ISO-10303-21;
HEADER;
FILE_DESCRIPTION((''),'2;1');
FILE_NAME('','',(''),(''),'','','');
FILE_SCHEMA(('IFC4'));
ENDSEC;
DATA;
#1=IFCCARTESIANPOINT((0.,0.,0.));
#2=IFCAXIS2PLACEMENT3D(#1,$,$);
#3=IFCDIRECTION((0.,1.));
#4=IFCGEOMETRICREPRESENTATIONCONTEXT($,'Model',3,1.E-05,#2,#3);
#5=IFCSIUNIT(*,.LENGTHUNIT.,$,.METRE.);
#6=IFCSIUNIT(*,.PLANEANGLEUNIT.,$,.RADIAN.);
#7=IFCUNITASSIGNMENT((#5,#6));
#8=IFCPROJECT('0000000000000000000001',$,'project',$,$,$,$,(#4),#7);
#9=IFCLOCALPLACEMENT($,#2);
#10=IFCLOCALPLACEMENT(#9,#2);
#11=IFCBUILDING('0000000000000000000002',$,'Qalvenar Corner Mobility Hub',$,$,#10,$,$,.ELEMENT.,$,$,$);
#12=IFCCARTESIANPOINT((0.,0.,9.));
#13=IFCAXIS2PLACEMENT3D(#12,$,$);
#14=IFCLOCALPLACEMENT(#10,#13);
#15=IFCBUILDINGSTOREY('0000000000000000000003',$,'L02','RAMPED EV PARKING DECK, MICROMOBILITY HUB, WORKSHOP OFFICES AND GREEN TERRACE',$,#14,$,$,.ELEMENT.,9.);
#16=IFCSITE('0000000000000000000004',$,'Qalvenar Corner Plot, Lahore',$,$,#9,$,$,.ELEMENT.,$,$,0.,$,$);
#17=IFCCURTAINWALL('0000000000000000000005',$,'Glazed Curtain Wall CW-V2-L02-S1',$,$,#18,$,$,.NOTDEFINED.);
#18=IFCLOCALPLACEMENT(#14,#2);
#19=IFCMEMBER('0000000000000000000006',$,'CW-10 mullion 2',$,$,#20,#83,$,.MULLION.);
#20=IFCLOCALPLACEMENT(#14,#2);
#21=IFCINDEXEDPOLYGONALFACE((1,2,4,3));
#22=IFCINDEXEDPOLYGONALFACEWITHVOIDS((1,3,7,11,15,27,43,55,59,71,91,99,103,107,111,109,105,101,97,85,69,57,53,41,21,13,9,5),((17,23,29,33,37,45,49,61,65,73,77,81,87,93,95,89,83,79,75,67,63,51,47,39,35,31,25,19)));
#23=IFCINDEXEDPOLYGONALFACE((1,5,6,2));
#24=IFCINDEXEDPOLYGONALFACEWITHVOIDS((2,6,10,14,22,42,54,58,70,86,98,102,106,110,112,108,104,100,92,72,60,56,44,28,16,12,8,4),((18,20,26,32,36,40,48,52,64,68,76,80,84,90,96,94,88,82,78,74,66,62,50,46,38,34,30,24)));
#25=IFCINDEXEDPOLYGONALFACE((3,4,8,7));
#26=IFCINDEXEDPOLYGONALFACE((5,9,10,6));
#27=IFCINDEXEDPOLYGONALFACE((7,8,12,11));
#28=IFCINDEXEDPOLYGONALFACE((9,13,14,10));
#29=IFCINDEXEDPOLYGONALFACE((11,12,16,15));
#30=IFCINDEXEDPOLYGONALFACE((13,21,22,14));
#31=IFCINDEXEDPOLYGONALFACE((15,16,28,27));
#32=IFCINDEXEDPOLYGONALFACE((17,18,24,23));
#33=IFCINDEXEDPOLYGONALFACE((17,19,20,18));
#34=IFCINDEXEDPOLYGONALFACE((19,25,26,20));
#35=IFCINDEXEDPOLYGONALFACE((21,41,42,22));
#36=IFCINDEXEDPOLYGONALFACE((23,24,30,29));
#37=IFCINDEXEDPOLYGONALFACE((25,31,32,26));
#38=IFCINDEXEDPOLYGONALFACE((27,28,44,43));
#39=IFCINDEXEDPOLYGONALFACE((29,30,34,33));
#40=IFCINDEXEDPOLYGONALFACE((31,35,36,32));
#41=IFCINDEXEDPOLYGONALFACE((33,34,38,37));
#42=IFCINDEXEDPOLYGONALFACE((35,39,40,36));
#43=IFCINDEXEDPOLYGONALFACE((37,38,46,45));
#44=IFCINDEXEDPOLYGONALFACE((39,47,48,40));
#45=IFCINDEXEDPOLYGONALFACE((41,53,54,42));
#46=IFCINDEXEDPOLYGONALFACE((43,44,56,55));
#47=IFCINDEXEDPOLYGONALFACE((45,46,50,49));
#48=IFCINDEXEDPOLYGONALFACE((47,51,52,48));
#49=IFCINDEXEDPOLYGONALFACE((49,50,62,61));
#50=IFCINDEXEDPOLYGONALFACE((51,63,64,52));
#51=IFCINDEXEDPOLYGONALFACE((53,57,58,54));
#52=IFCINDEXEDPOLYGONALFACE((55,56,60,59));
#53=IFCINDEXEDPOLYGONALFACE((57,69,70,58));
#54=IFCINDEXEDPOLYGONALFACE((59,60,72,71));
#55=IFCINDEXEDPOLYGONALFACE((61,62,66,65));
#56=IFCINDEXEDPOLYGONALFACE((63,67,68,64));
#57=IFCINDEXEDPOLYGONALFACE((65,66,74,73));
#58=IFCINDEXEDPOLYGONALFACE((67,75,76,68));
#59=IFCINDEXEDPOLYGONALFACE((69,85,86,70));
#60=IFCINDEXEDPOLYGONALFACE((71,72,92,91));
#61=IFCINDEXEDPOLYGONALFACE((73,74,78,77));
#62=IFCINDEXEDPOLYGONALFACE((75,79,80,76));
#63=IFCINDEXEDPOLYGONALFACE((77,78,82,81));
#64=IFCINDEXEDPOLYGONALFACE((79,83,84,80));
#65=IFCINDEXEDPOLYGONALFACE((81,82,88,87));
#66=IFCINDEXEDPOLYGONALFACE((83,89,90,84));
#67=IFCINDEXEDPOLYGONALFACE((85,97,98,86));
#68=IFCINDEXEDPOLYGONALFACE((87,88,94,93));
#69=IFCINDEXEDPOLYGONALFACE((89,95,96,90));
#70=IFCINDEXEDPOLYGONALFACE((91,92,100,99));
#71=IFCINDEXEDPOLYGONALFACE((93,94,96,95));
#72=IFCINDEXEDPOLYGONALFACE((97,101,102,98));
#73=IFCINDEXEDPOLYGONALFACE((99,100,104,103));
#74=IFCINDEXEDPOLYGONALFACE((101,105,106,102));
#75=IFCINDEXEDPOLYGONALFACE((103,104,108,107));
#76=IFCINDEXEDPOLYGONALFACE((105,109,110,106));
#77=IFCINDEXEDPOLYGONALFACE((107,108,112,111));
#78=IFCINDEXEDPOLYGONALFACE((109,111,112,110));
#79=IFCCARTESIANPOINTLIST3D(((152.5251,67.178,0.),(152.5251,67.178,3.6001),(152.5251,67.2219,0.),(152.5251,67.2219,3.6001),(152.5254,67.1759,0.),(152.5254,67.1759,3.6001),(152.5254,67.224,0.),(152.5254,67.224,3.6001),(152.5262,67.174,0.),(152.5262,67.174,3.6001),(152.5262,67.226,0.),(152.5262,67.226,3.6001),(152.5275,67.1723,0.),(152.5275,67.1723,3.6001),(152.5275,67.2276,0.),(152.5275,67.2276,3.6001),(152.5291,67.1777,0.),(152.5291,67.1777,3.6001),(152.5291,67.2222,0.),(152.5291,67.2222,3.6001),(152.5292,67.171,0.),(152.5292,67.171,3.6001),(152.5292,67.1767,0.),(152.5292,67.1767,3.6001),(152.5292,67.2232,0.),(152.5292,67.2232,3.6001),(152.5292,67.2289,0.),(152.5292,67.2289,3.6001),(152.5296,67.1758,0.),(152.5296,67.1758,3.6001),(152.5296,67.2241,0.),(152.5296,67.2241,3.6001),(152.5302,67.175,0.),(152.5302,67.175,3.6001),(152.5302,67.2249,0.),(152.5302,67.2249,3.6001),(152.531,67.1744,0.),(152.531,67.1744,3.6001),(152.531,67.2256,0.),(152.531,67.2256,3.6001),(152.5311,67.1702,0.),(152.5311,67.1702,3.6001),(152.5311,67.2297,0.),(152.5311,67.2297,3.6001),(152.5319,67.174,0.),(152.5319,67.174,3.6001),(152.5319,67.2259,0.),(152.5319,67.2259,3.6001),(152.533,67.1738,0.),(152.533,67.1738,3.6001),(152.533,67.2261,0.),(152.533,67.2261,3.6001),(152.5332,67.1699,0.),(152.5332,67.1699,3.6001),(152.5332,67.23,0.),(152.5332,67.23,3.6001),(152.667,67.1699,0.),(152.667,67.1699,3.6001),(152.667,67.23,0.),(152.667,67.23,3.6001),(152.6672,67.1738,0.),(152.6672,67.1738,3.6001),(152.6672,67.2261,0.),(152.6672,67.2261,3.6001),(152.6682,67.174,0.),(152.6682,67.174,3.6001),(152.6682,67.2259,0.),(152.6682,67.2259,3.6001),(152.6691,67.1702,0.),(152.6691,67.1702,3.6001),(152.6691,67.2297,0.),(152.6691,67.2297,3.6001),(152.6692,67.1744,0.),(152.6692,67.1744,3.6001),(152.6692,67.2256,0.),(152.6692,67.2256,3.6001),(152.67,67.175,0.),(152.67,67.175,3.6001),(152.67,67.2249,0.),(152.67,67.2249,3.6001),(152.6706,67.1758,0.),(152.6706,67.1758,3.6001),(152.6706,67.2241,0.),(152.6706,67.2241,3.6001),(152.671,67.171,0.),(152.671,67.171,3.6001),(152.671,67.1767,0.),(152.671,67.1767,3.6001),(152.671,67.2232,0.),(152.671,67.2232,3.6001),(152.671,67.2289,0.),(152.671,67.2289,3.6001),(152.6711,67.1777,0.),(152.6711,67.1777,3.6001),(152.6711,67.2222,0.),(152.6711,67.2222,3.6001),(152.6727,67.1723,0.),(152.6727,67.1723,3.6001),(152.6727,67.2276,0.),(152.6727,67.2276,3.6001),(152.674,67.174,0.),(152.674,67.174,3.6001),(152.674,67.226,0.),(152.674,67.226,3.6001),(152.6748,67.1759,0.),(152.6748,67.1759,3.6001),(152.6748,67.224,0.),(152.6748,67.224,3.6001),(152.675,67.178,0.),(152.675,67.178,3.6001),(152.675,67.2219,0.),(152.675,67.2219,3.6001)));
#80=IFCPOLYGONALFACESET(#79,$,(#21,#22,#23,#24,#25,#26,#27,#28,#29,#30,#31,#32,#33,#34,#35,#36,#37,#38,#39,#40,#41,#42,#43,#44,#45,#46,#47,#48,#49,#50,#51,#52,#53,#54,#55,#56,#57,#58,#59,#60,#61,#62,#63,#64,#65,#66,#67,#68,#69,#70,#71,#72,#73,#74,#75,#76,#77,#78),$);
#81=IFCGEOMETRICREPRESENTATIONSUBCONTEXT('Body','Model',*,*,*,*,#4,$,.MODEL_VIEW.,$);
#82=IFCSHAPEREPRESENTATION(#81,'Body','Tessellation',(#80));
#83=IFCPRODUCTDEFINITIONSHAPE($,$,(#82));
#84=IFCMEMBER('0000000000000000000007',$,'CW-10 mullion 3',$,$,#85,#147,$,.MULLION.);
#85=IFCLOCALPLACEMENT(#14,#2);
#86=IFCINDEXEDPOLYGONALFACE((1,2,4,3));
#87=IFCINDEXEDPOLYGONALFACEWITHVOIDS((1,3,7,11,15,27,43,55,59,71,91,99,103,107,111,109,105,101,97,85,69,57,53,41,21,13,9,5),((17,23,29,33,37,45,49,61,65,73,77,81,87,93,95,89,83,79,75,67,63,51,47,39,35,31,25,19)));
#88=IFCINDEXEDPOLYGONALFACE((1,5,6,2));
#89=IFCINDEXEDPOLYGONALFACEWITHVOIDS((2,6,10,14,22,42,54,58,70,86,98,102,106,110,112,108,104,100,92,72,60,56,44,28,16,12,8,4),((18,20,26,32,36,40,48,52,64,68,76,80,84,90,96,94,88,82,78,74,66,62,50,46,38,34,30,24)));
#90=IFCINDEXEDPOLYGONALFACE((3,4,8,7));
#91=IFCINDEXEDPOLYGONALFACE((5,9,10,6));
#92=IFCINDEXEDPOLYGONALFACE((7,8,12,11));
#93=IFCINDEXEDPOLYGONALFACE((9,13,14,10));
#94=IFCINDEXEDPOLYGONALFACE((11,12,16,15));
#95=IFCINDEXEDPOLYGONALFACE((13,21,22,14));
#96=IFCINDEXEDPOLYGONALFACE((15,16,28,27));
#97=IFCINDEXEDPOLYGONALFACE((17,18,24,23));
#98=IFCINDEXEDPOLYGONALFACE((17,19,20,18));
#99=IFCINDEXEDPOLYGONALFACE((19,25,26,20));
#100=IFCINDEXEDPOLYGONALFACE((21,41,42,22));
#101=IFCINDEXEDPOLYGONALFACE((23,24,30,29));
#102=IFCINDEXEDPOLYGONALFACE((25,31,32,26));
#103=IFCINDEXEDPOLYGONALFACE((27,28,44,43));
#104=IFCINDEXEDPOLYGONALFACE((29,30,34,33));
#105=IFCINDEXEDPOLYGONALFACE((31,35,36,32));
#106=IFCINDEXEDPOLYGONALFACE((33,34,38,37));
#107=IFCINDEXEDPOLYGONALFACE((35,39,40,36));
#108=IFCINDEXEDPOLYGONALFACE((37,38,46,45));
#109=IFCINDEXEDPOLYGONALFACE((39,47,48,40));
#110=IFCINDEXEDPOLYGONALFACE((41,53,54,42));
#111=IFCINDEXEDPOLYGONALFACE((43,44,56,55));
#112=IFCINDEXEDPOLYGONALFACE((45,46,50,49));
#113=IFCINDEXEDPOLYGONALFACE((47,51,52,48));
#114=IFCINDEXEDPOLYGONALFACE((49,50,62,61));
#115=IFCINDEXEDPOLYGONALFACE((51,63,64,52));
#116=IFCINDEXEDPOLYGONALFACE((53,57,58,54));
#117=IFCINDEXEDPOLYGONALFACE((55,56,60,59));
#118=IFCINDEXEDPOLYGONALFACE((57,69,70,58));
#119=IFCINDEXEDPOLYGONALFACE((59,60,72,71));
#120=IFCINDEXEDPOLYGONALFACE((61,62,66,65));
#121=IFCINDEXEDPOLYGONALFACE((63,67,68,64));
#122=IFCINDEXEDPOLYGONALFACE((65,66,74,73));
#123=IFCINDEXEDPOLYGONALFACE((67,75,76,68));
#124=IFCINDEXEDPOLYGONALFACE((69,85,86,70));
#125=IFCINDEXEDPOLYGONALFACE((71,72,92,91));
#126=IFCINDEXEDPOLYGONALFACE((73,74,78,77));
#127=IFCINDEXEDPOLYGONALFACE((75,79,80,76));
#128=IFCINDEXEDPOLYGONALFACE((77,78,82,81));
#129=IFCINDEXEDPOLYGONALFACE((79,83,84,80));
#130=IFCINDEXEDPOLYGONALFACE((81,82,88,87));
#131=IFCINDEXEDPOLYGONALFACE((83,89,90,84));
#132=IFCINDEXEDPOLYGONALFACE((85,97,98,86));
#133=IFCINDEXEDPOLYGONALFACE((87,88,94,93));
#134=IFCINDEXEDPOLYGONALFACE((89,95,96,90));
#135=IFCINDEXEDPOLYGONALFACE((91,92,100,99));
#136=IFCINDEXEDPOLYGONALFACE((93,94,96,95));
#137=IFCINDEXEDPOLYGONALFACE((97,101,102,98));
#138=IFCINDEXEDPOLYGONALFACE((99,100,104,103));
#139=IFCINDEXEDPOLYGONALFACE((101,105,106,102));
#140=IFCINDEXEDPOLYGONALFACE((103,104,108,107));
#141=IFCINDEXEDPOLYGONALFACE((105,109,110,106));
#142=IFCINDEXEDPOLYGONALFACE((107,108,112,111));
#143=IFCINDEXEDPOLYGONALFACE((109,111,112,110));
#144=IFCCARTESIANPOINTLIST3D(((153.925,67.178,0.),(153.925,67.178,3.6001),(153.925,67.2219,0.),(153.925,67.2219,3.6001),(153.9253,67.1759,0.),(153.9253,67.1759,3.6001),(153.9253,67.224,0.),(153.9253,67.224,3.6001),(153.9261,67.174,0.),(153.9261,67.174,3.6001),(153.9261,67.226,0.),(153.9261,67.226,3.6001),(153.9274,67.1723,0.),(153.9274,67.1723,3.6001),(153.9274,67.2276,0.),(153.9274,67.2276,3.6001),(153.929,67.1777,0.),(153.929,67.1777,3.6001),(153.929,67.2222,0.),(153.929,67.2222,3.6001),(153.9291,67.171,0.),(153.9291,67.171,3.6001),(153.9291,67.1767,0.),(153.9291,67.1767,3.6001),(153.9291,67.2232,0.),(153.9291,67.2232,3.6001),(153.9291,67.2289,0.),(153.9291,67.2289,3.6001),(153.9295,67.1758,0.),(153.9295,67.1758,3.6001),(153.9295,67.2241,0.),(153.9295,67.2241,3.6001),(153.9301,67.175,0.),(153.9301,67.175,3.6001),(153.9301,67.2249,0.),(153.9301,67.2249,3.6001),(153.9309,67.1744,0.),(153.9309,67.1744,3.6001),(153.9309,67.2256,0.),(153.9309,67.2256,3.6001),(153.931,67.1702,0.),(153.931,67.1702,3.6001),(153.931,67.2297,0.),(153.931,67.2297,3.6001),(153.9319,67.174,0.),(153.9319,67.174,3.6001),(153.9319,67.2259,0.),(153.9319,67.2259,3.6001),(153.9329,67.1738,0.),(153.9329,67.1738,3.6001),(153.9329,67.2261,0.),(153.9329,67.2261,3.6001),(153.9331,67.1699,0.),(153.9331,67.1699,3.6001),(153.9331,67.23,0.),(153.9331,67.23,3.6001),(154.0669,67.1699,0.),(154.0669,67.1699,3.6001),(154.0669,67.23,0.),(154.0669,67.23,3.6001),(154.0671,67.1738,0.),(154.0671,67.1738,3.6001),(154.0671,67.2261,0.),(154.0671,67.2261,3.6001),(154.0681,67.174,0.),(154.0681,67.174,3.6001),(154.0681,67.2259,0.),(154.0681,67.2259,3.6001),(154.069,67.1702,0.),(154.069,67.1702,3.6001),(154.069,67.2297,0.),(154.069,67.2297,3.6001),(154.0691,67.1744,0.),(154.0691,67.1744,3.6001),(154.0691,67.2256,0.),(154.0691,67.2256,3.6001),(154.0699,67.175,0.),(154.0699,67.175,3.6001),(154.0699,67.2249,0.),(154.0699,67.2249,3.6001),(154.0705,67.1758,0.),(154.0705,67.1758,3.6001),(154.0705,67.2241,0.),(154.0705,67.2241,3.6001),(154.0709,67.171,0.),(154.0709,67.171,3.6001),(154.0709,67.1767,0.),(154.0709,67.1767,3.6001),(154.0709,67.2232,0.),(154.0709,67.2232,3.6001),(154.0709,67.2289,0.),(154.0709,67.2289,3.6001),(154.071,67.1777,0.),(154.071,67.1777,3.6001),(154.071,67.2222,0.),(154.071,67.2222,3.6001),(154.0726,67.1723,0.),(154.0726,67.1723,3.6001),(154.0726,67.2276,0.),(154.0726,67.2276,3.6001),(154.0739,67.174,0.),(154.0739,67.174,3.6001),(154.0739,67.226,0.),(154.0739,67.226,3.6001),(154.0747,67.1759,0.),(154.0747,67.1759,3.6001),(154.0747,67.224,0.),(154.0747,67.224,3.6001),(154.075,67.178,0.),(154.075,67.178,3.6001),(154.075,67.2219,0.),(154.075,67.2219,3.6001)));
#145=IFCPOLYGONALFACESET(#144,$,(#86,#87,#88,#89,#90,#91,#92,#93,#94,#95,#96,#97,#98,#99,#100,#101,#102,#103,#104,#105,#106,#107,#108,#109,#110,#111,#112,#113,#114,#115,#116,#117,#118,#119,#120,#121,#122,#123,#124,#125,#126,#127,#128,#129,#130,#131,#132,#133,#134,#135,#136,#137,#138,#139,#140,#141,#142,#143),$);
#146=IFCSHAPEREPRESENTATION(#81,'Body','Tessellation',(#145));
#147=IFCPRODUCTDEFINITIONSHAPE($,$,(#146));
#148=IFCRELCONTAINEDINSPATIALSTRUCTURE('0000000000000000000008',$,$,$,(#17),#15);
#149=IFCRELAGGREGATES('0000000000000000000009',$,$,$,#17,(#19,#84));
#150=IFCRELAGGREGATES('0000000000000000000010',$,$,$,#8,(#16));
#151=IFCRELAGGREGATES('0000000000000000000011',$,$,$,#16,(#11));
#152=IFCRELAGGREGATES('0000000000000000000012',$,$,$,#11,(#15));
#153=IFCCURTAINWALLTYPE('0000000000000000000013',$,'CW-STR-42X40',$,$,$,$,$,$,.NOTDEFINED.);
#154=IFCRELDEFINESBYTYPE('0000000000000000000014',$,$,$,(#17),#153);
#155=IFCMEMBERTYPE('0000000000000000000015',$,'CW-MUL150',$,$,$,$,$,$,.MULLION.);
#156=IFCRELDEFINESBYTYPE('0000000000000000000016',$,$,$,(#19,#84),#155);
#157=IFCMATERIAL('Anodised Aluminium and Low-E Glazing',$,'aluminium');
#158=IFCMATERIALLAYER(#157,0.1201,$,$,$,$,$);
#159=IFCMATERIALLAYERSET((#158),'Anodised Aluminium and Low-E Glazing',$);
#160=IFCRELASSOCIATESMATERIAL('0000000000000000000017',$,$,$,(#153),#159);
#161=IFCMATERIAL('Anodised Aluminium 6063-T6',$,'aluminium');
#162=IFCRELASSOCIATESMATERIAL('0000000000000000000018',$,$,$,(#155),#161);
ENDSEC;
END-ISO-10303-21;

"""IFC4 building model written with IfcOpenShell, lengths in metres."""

from ifc_helpers import new_model, si_unit, direction, frame, origin, origin_2d, place, context, subcontext, project, spatial, hollow_rectangle, extrude, material, layer, layer_set, material_profile, profile_set, type_object, element, aggregate, save


model = new_model("IFC4")

# Units and contexts
model_context = context("Model", 3, precision=1e-05, world=origin(), true_north=direction((0.0, 1.0)))
body_context = subcontext(model_context, "Body", "Model", "MODEL_VIEW")
ifc_project = project(units=[si_unit("LENGTHUNIT", "METRE"), si_unit("PLANEANGLEUNIT", "RADIAN")], contexts=[model_context])

# Site, building, storey
site_placement = place(None, origin())
site = spatial("IfcSite", under=ifc_project, at=site_placement, Name="Qalvenar Corner Plot, Lahore", CompositionType="ELEMENT", RefElevation=0.0)
building_placement = place(site_placement, origin())
building = spatial("IfcBuilding", under=site, at=building_placement, Name="Qalvenar Corner Mobility Hub", CompositionType="ELEMENT")
storey_placement = place(building_placement, frame((0.0, 0.0, 9.0)))
storey = spatial("IfcBuildingStorey", under=building, at=storey_placement, Name="L02", Description="RAMPED EV PARKING DECK, MICROMOBILITY HUB, WORKSHOP OFFICES AND GREEN TERRACE", CompositionType="ELEMENT", Elevation=9.0)

# Curtain wall, members
ifc_material_1 = material(Name="Anodised Aluminium and Low-E Glazing", Category="aluminium")
ifc_layer_1 = layer(ifc_material_1, 0.1201)
ifc_layer_set_1 = layer_set([ifc_layer_1], Name="Anodised Aluminium and Low-E Glazing")
curtain_wall_type = type_object("IfcCurtainWallType", Name="CW-STR-42X40", PredefinedType="NOTDEFINED", material=ifc_layer_set_1)
curtain_wall_placement = place(storey_placement, origin())
curtain_wall = element("IfcCurtainWall", 1, at=curtain_wall_placement, inside=storey, type_object=curtain_wall_type, Name="Glazed Curtain Wall CW-V2-L02-S1", PredefinedType="NOTDEFINED")
ifc_material_2 = material(Name="Anodised Aluminium 6063-T6", Category="aluminium")
ifc_material_profile_1 = material_profile(ifc_material_2, hollow_rectangle(XDim=0.0601, YDim=0.1499, WallThickness=0.0039, InnerFilletRadius=0.0039, OuterFilletRadius=0.0081, at=origin_2d()), Name="RHS150x60x4")
ifc_profile_set_1 = profile_set([ifc_material_profile_1], Name="Anodised Aluminium 6063-T6")
member_type_1 = type_object("IfcMemberType", Name="CW-MUL150", PredefinedType="MULLION", material=ifc_profile_set_1)
member_1_placement = place(storey_placement, frame((152.6001, 67.2, 0.0), z_axis=(0.0, 0.0, 1.0), x_axis=(0.0, 1.0, 0.0)))
member_1 = element("IfcMember", 2, at=member_1_placement, type_object=member_type_1, Name="CW-10 mullion 2", PredefinedType="MULLION", context=body_context, shape_type="SweptSolid", body=[
    extrude(hollow_rectangle(XDim=0.0601, YDim=0.1499, WallThickness=0.0039, InnerFilletRadius=0.0039, OuterFilletRadius=0.0081, at=origin_2d()), origin(), (0.0, 0.0, 1.0), 3.6001),
])
member_2_placement = place(storey_placement, frame((154.0, 67.2, 0.0), z_axis=(0.0, 0.0, 1.0), x_axis=(0.0, 1.0, 0.0)))
member_2 = element("IfcMember", 3, at=member_2_placement, type_object=member_type_1, Name="CW-10 mullion 3", PredefinedType="MULLION", context=body_context, shape_type="SweptSolid", body=[
    extrude(hollow_rectangle(XDim=0.0601, YDim=0.1499, WallThickness=0.0039, InnerFilletRadius=0.0039, OuterFilletRadius=0.0081, at=origin_2d()), origin(), (0.0, 0.0, 1.0), 3.6001),
])
aggregate(curtain_wall, [member_1, member_2])

save(model, "model.ifc")
